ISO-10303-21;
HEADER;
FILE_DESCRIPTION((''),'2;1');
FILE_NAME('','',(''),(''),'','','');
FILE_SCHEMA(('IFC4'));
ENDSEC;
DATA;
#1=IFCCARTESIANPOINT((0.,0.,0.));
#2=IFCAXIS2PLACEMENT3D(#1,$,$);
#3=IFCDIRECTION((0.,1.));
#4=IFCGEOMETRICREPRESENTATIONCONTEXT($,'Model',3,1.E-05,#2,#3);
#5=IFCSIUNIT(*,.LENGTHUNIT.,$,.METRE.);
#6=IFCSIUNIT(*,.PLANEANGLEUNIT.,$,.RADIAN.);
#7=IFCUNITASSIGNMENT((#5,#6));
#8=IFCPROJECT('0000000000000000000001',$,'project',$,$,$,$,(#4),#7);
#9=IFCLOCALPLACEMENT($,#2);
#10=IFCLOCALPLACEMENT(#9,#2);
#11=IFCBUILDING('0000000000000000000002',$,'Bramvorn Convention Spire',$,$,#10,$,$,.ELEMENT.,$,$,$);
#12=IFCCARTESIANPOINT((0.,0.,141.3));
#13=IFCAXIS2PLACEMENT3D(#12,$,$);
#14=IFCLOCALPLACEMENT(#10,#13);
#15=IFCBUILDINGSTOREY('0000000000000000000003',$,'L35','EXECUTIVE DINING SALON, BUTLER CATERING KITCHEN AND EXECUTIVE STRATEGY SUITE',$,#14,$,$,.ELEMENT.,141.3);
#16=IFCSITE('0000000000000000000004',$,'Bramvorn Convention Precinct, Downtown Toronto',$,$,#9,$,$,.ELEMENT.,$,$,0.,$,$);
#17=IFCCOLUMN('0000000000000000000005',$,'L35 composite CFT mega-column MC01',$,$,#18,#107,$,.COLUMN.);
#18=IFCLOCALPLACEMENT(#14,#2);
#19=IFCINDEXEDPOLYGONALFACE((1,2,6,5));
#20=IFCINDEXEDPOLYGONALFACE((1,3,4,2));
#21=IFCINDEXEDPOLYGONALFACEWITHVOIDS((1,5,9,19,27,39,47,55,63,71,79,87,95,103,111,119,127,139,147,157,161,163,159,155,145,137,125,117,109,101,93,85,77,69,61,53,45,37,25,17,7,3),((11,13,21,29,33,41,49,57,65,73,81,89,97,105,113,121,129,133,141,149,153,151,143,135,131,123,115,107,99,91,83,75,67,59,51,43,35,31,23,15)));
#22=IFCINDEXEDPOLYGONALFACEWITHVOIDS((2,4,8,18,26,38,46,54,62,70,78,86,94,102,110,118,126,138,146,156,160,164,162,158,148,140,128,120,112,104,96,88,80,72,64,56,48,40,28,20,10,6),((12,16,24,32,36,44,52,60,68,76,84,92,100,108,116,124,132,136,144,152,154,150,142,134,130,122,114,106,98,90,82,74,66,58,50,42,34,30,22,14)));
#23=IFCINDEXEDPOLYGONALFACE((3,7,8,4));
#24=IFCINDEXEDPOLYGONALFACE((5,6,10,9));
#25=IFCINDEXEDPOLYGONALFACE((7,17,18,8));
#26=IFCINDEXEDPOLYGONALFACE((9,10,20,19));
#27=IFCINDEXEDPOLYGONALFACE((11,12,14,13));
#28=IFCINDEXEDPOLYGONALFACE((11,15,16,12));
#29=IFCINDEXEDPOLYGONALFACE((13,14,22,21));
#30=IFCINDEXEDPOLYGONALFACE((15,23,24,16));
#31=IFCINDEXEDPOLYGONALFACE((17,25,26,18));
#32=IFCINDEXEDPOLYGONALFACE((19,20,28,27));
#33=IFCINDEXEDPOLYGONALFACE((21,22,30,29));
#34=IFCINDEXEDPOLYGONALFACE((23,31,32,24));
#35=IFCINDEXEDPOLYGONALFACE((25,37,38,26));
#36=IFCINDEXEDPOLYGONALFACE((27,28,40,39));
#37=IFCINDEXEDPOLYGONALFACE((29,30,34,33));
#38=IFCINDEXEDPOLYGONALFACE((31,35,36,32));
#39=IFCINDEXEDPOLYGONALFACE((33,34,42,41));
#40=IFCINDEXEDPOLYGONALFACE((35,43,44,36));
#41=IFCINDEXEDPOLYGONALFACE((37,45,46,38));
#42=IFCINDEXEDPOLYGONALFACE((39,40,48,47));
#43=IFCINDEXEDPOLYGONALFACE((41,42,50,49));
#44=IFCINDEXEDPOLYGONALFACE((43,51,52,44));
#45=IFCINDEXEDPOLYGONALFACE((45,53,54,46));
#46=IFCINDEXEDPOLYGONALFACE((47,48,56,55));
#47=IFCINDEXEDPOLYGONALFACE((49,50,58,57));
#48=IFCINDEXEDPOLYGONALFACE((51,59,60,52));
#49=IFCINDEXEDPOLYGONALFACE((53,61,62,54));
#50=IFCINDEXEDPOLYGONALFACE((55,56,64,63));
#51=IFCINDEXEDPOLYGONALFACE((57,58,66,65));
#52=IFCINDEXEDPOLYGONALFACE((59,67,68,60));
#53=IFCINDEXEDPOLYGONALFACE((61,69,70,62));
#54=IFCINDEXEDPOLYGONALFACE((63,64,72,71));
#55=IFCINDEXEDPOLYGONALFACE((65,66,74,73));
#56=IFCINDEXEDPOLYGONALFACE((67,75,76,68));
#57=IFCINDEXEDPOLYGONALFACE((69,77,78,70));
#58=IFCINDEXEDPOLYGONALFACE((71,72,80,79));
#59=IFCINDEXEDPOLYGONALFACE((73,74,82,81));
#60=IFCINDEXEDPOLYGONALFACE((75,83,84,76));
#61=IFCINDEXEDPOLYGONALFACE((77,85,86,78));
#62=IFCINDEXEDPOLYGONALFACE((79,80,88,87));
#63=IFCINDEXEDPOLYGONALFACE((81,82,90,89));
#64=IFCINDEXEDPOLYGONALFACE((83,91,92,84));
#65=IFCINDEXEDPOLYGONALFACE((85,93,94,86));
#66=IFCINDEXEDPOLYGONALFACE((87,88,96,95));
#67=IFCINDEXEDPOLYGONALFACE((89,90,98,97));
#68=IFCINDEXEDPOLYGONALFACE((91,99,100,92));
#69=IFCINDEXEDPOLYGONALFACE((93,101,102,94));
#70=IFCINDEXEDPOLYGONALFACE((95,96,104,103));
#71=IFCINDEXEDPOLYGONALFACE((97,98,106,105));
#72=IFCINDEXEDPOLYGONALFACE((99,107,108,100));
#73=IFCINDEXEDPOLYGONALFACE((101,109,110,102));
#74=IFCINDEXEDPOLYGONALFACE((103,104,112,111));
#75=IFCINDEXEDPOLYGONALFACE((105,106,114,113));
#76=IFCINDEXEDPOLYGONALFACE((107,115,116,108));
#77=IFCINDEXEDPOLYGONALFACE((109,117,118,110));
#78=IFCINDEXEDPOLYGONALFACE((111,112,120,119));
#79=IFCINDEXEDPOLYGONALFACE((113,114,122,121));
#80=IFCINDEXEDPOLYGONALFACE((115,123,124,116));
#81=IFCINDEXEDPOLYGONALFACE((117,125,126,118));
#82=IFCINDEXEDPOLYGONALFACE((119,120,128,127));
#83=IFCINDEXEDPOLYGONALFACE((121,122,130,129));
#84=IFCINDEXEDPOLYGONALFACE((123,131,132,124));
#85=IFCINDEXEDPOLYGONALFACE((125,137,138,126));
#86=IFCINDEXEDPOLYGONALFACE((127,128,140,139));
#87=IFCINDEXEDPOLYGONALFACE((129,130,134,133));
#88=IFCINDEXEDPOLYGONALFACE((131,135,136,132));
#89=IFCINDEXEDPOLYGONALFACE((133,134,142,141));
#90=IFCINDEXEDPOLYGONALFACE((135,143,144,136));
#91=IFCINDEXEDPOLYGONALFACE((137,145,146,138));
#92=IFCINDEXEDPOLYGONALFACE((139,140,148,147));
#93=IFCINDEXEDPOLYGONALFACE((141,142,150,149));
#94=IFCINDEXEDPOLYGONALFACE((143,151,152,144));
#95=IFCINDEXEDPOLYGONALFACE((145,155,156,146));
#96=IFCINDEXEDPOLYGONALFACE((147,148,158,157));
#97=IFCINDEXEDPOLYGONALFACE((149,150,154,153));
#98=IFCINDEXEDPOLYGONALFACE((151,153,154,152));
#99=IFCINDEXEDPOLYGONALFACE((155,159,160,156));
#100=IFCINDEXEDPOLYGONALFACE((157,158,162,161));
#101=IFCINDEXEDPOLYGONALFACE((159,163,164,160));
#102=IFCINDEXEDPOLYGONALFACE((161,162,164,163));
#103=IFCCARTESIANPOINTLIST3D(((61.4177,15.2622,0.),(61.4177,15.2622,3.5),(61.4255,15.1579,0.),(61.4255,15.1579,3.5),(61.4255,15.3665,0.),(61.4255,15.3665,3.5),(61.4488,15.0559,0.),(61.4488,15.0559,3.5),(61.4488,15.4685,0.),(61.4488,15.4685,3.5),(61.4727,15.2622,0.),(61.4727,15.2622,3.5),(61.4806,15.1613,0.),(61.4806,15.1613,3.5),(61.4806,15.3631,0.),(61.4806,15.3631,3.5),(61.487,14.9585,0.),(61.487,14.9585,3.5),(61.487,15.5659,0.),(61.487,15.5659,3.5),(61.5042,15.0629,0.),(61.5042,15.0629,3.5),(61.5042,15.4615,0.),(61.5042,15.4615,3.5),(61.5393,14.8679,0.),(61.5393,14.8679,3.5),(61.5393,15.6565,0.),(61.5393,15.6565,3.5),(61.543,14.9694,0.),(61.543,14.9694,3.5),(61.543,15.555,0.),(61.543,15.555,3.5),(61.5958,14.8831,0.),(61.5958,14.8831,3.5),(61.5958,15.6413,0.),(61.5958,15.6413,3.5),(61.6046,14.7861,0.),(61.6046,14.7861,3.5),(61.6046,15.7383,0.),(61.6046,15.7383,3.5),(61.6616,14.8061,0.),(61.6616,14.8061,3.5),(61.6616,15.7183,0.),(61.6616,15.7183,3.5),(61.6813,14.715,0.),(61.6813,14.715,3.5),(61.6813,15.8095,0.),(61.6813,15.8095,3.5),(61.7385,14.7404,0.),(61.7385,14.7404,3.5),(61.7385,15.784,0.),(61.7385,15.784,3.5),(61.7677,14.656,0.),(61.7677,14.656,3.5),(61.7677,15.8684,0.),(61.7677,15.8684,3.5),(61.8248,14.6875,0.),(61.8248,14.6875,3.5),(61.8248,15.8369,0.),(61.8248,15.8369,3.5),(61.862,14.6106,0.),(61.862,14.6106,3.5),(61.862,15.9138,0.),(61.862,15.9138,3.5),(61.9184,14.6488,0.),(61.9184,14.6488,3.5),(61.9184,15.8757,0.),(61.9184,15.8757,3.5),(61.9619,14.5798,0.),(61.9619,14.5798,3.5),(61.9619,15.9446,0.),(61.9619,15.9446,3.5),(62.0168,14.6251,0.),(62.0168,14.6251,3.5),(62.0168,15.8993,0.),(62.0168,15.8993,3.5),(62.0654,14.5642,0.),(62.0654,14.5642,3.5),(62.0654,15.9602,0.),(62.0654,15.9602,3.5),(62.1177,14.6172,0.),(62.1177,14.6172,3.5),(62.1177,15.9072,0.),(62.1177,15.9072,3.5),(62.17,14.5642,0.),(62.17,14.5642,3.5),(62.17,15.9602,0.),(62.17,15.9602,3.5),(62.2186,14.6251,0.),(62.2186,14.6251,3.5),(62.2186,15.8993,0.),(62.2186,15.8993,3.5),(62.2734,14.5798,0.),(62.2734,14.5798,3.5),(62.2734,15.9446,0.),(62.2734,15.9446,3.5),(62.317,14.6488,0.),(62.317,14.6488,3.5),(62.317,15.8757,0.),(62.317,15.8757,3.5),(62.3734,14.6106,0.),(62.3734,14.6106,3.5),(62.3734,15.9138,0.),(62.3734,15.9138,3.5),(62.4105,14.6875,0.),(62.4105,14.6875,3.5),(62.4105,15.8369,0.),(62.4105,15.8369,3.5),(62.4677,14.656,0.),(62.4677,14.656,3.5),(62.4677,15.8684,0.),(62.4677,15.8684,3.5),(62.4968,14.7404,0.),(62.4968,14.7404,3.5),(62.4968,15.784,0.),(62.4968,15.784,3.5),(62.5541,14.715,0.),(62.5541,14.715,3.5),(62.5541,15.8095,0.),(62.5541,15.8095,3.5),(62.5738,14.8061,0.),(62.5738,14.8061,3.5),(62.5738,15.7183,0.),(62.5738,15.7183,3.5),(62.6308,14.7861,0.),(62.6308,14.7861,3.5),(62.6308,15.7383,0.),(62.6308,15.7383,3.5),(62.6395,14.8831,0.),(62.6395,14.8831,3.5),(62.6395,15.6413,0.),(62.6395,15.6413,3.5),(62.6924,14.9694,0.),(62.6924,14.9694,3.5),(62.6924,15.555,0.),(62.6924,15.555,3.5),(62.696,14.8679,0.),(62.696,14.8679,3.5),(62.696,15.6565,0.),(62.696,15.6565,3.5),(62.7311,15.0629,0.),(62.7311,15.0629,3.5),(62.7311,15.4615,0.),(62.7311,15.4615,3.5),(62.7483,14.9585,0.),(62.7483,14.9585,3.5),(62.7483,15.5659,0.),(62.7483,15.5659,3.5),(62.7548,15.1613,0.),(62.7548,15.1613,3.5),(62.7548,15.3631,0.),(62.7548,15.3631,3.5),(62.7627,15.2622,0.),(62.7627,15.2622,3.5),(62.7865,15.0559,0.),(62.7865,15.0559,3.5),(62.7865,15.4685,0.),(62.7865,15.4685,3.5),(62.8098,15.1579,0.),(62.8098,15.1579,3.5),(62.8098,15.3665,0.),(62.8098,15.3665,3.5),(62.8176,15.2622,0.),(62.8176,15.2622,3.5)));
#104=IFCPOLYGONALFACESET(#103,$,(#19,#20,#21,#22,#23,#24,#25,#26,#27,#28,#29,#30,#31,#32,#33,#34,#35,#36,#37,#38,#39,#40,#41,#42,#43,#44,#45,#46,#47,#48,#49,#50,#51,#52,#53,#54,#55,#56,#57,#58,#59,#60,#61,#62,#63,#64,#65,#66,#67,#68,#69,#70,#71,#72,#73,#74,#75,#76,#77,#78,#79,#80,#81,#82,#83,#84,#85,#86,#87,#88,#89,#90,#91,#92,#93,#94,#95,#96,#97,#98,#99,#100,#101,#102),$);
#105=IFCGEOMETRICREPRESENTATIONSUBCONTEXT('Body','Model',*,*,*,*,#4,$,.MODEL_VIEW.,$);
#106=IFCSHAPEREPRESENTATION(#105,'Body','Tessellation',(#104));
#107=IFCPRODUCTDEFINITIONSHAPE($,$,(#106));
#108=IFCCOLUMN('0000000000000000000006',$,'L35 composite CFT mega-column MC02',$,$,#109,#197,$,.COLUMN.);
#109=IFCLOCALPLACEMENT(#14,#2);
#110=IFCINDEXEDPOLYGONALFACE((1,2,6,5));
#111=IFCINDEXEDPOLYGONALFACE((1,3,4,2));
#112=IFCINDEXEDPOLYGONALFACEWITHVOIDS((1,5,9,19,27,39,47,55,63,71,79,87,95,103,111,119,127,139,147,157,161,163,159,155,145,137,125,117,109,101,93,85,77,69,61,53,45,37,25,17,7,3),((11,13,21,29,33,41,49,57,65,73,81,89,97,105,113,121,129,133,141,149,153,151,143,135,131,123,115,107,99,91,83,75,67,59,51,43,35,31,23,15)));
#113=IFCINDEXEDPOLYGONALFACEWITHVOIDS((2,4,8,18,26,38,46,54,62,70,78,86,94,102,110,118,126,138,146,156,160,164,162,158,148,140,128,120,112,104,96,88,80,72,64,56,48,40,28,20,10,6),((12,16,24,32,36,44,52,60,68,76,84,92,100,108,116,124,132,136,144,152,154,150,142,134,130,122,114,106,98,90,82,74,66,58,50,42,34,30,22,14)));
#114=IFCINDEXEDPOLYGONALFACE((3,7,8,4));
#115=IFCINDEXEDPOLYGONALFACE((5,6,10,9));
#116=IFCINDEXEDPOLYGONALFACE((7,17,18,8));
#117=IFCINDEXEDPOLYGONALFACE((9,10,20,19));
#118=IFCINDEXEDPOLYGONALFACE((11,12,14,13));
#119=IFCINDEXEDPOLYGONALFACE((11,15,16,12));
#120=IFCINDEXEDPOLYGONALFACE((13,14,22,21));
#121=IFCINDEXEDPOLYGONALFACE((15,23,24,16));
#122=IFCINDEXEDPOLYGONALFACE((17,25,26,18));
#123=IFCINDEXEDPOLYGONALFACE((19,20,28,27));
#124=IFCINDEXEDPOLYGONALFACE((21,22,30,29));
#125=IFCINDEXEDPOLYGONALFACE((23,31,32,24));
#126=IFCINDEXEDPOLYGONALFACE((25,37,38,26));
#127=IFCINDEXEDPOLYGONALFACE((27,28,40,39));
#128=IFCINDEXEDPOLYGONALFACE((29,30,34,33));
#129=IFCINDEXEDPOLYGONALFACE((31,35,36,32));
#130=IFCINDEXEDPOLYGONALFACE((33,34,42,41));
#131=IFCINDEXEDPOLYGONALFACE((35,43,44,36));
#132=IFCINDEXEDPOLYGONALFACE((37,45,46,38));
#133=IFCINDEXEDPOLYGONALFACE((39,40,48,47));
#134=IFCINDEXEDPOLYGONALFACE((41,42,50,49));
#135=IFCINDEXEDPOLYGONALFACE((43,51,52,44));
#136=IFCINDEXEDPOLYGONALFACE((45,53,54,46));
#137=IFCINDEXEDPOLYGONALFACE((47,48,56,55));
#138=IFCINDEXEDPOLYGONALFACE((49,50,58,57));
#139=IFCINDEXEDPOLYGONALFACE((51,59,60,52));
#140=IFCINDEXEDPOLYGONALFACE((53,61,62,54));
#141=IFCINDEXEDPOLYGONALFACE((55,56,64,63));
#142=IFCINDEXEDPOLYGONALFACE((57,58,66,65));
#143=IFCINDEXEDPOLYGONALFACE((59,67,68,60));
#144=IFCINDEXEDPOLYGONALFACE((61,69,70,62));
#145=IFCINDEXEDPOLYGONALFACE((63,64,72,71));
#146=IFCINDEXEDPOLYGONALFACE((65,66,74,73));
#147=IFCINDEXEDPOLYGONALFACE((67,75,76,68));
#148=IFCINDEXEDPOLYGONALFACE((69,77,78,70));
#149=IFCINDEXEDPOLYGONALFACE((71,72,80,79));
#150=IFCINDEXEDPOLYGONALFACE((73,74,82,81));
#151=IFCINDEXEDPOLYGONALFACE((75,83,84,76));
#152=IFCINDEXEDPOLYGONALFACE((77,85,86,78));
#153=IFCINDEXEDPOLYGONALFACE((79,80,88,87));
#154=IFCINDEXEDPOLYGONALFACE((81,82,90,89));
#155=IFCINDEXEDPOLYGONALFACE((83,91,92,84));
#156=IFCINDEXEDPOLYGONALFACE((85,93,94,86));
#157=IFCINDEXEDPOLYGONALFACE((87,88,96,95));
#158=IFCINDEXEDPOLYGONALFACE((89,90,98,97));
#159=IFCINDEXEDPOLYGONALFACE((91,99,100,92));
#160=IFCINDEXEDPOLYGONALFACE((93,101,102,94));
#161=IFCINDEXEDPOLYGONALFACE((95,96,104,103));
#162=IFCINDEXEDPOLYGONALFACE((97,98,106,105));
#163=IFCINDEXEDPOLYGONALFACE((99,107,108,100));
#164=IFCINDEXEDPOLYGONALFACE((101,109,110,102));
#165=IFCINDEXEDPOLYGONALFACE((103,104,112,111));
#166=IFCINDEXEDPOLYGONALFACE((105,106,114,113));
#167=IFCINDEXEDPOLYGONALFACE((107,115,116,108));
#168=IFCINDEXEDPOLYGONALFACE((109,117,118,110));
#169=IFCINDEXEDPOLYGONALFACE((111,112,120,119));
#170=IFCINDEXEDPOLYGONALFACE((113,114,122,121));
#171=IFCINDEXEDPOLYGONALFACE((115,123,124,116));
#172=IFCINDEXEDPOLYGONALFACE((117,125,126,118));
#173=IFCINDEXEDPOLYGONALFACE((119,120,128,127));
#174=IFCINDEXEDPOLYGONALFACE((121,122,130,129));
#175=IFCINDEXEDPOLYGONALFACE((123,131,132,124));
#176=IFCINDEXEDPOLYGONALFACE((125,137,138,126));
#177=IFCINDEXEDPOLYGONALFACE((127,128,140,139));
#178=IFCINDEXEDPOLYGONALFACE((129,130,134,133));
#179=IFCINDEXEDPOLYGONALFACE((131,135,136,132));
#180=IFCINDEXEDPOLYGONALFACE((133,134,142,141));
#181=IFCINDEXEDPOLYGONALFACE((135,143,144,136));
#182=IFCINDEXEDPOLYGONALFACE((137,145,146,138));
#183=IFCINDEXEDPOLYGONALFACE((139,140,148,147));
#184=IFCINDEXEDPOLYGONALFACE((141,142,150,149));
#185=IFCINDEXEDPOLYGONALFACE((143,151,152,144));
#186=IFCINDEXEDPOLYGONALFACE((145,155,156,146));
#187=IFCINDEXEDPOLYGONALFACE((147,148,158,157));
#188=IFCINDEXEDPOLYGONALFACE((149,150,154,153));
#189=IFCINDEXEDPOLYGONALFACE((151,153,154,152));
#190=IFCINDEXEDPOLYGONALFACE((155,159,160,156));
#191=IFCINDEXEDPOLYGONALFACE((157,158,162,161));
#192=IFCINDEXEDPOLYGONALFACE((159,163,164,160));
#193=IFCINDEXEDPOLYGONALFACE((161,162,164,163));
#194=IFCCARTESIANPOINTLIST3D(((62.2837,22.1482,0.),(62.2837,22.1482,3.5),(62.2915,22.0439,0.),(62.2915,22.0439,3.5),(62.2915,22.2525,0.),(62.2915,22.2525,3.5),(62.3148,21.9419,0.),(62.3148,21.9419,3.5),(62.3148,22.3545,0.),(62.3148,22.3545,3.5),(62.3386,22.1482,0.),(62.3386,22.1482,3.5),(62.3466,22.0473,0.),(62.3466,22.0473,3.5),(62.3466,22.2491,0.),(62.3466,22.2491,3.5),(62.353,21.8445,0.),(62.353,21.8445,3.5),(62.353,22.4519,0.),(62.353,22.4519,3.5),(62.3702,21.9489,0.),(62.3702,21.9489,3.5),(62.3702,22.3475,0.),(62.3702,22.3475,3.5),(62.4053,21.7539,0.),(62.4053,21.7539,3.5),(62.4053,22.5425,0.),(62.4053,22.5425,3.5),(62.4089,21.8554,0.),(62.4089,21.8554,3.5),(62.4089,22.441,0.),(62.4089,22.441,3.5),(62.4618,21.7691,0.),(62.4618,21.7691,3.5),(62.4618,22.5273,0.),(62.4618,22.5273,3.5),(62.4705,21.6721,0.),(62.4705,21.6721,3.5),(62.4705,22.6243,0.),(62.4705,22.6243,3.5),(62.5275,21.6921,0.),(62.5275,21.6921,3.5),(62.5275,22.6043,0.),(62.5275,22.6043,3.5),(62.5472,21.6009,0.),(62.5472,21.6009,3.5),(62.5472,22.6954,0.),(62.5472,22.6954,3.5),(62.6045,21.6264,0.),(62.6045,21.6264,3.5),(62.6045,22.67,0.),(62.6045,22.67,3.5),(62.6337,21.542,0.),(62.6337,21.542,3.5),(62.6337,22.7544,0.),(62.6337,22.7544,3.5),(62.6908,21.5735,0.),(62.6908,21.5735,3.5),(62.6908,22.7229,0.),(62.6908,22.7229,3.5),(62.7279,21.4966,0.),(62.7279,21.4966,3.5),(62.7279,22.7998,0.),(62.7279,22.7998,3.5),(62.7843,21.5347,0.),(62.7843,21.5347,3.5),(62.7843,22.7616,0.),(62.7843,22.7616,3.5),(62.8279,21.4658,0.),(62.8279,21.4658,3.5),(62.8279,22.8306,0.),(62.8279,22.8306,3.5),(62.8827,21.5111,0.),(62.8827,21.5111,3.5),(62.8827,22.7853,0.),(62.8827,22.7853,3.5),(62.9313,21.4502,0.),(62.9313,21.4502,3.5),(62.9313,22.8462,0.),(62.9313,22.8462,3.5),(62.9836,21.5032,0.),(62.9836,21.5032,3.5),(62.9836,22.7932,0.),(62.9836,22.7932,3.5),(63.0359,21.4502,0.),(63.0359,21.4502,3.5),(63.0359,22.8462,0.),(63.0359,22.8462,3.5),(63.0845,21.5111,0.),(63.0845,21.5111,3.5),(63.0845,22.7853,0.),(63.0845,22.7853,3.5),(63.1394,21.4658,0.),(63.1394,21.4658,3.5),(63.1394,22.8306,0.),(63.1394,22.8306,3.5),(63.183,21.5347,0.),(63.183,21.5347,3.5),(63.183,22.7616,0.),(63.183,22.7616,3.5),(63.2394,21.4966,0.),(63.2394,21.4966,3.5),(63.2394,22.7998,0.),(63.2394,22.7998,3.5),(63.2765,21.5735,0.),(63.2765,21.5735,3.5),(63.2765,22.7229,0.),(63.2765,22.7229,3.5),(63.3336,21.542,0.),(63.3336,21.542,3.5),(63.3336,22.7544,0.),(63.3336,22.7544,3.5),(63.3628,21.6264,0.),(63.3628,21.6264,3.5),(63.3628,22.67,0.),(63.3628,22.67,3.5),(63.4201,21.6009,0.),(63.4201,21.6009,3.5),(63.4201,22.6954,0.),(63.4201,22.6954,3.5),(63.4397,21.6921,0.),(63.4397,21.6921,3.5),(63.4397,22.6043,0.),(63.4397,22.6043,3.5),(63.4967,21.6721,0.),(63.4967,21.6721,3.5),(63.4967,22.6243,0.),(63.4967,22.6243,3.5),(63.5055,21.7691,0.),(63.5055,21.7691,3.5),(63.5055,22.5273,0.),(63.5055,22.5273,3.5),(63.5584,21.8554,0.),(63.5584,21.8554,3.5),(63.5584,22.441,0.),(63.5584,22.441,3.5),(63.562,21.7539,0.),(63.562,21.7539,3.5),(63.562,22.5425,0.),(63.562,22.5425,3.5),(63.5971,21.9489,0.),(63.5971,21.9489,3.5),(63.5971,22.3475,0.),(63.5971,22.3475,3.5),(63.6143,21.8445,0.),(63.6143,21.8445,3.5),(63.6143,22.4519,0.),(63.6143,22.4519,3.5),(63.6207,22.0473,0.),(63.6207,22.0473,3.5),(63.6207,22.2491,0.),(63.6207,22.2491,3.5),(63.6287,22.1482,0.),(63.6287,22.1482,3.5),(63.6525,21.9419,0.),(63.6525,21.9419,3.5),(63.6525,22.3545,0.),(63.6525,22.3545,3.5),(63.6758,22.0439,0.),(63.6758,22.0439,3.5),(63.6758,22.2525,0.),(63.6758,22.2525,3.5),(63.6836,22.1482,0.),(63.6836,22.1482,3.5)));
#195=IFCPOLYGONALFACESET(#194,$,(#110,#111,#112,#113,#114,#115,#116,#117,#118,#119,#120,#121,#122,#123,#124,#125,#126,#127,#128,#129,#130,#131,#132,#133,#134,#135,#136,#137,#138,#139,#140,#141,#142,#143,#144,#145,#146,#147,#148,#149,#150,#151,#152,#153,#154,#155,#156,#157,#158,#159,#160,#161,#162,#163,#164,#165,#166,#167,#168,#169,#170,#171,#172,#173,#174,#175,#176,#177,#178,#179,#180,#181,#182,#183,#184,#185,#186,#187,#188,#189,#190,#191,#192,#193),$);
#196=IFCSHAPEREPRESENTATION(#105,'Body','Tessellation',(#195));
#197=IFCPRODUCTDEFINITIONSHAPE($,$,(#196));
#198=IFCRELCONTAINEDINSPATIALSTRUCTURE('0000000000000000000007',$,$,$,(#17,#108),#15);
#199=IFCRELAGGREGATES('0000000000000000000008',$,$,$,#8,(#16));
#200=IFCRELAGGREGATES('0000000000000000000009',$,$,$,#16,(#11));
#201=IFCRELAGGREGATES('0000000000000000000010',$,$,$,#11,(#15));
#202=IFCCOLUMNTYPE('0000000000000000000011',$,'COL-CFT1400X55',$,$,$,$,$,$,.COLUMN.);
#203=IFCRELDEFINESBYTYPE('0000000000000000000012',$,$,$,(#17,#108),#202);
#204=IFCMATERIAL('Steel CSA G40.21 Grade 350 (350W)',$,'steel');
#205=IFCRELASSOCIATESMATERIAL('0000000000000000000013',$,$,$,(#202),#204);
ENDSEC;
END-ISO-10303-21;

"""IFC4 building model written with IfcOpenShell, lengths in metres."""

from ifc_helpers import new_model, si_unit, direction, frame, origin, origin_2d, place, context, subcontext, project, spatial, hollow_circle, extrude, material, material_profile, profile_set, type_object, element, save


model = new_model("IFC4")

# Units and contexts
model_context = context("Model", 3, precision=1e-05, world=origin(), true_north=direction((0.0, 1.0)))
body_context = subcontext(model_context, "Body", "Model", "MODEL_VIEW")
ifc_project = project(units=[si_unit("LENGTHUNIT", "METRE"), si_unit("PLANEANGLEUNIT", "RADIAN")], contexts=[model_context])

# Site, building, storey
site_placement = place(None, origin())
site = spatial("IfcSite", under=ifc_project, at=site_placement, Name="Bramvorn Convention Precinct, Downtown Toronto", CompositionType="ELEMENT", RefElevation=0.0)
building_placement = place(site_placement, origin())
building = spatial("IfcBuilding", under=site, at=building_placement, Name="Bramvorn Convention Spire", CompositionType="ELEMENT")
storey_placement = place(building_placement, frame((0.0, 0.0, 141.3)))
storey = spatial("IfcBuildingStorey", under=building, at=storey_placement, Name="L35", Description="EXECUTIVE DINING SALON, BUTLER CATERING KITCHEN AND EXECUTIVE STRATEGY SUITE", CompositionType="ELEMENT", Elevation=141.3)

# Columns
ifc_material_1 = material(Name="Steel CSA G40.21 Grade 350 (350W)", Category="steel")
ifc_material_profile_1 = material_profile(ifc_material_1, hollow_circle(Radius=0.7, WallThickness=0.0549, at=origin_2d()))
ifc_profile_set_1 = profile_set([ifc_material_profile_1], Name="Steel CSA G40.21 Grade 350 (350W) - CFT1400X55")
column_type = type_object("IfcColumnType", Name="COL-CFT1400X55", PredefinedType="COLUMN", material=ifc_profile_set_1)
for number, where, z_axis, x_axis, name in (
    (1, (62.1177, 15.2622, 0.0), (0.0, 0.0, 1.0), (1.0, 0.0, 0.0), "L35 composite CFT mega-column MC01"),
    (2, (62.9836, 22.1482, 0.0), (0.0, 0.0, 1.0), (1.0, 0.0, 0.0), "L35 composite CFT mega-column MC02"),
):
    element("IfcColumn", number, at=place(storey_placement, frame(where, z_axis=z_axis, x_axis=x_axis)), inside=storey, type_object=column_type, Name=name, PredefinedType="COLUMN", context=body_context, shape_type="SweptSolid", body=[
        extrude(hollow_circle(Radius=0.7, WallThickness=0.0549, at=origin_2d()), origin(), (0.0, 0.0, 1.0), 3.5),
    ])

save(model, "model.ifc")
